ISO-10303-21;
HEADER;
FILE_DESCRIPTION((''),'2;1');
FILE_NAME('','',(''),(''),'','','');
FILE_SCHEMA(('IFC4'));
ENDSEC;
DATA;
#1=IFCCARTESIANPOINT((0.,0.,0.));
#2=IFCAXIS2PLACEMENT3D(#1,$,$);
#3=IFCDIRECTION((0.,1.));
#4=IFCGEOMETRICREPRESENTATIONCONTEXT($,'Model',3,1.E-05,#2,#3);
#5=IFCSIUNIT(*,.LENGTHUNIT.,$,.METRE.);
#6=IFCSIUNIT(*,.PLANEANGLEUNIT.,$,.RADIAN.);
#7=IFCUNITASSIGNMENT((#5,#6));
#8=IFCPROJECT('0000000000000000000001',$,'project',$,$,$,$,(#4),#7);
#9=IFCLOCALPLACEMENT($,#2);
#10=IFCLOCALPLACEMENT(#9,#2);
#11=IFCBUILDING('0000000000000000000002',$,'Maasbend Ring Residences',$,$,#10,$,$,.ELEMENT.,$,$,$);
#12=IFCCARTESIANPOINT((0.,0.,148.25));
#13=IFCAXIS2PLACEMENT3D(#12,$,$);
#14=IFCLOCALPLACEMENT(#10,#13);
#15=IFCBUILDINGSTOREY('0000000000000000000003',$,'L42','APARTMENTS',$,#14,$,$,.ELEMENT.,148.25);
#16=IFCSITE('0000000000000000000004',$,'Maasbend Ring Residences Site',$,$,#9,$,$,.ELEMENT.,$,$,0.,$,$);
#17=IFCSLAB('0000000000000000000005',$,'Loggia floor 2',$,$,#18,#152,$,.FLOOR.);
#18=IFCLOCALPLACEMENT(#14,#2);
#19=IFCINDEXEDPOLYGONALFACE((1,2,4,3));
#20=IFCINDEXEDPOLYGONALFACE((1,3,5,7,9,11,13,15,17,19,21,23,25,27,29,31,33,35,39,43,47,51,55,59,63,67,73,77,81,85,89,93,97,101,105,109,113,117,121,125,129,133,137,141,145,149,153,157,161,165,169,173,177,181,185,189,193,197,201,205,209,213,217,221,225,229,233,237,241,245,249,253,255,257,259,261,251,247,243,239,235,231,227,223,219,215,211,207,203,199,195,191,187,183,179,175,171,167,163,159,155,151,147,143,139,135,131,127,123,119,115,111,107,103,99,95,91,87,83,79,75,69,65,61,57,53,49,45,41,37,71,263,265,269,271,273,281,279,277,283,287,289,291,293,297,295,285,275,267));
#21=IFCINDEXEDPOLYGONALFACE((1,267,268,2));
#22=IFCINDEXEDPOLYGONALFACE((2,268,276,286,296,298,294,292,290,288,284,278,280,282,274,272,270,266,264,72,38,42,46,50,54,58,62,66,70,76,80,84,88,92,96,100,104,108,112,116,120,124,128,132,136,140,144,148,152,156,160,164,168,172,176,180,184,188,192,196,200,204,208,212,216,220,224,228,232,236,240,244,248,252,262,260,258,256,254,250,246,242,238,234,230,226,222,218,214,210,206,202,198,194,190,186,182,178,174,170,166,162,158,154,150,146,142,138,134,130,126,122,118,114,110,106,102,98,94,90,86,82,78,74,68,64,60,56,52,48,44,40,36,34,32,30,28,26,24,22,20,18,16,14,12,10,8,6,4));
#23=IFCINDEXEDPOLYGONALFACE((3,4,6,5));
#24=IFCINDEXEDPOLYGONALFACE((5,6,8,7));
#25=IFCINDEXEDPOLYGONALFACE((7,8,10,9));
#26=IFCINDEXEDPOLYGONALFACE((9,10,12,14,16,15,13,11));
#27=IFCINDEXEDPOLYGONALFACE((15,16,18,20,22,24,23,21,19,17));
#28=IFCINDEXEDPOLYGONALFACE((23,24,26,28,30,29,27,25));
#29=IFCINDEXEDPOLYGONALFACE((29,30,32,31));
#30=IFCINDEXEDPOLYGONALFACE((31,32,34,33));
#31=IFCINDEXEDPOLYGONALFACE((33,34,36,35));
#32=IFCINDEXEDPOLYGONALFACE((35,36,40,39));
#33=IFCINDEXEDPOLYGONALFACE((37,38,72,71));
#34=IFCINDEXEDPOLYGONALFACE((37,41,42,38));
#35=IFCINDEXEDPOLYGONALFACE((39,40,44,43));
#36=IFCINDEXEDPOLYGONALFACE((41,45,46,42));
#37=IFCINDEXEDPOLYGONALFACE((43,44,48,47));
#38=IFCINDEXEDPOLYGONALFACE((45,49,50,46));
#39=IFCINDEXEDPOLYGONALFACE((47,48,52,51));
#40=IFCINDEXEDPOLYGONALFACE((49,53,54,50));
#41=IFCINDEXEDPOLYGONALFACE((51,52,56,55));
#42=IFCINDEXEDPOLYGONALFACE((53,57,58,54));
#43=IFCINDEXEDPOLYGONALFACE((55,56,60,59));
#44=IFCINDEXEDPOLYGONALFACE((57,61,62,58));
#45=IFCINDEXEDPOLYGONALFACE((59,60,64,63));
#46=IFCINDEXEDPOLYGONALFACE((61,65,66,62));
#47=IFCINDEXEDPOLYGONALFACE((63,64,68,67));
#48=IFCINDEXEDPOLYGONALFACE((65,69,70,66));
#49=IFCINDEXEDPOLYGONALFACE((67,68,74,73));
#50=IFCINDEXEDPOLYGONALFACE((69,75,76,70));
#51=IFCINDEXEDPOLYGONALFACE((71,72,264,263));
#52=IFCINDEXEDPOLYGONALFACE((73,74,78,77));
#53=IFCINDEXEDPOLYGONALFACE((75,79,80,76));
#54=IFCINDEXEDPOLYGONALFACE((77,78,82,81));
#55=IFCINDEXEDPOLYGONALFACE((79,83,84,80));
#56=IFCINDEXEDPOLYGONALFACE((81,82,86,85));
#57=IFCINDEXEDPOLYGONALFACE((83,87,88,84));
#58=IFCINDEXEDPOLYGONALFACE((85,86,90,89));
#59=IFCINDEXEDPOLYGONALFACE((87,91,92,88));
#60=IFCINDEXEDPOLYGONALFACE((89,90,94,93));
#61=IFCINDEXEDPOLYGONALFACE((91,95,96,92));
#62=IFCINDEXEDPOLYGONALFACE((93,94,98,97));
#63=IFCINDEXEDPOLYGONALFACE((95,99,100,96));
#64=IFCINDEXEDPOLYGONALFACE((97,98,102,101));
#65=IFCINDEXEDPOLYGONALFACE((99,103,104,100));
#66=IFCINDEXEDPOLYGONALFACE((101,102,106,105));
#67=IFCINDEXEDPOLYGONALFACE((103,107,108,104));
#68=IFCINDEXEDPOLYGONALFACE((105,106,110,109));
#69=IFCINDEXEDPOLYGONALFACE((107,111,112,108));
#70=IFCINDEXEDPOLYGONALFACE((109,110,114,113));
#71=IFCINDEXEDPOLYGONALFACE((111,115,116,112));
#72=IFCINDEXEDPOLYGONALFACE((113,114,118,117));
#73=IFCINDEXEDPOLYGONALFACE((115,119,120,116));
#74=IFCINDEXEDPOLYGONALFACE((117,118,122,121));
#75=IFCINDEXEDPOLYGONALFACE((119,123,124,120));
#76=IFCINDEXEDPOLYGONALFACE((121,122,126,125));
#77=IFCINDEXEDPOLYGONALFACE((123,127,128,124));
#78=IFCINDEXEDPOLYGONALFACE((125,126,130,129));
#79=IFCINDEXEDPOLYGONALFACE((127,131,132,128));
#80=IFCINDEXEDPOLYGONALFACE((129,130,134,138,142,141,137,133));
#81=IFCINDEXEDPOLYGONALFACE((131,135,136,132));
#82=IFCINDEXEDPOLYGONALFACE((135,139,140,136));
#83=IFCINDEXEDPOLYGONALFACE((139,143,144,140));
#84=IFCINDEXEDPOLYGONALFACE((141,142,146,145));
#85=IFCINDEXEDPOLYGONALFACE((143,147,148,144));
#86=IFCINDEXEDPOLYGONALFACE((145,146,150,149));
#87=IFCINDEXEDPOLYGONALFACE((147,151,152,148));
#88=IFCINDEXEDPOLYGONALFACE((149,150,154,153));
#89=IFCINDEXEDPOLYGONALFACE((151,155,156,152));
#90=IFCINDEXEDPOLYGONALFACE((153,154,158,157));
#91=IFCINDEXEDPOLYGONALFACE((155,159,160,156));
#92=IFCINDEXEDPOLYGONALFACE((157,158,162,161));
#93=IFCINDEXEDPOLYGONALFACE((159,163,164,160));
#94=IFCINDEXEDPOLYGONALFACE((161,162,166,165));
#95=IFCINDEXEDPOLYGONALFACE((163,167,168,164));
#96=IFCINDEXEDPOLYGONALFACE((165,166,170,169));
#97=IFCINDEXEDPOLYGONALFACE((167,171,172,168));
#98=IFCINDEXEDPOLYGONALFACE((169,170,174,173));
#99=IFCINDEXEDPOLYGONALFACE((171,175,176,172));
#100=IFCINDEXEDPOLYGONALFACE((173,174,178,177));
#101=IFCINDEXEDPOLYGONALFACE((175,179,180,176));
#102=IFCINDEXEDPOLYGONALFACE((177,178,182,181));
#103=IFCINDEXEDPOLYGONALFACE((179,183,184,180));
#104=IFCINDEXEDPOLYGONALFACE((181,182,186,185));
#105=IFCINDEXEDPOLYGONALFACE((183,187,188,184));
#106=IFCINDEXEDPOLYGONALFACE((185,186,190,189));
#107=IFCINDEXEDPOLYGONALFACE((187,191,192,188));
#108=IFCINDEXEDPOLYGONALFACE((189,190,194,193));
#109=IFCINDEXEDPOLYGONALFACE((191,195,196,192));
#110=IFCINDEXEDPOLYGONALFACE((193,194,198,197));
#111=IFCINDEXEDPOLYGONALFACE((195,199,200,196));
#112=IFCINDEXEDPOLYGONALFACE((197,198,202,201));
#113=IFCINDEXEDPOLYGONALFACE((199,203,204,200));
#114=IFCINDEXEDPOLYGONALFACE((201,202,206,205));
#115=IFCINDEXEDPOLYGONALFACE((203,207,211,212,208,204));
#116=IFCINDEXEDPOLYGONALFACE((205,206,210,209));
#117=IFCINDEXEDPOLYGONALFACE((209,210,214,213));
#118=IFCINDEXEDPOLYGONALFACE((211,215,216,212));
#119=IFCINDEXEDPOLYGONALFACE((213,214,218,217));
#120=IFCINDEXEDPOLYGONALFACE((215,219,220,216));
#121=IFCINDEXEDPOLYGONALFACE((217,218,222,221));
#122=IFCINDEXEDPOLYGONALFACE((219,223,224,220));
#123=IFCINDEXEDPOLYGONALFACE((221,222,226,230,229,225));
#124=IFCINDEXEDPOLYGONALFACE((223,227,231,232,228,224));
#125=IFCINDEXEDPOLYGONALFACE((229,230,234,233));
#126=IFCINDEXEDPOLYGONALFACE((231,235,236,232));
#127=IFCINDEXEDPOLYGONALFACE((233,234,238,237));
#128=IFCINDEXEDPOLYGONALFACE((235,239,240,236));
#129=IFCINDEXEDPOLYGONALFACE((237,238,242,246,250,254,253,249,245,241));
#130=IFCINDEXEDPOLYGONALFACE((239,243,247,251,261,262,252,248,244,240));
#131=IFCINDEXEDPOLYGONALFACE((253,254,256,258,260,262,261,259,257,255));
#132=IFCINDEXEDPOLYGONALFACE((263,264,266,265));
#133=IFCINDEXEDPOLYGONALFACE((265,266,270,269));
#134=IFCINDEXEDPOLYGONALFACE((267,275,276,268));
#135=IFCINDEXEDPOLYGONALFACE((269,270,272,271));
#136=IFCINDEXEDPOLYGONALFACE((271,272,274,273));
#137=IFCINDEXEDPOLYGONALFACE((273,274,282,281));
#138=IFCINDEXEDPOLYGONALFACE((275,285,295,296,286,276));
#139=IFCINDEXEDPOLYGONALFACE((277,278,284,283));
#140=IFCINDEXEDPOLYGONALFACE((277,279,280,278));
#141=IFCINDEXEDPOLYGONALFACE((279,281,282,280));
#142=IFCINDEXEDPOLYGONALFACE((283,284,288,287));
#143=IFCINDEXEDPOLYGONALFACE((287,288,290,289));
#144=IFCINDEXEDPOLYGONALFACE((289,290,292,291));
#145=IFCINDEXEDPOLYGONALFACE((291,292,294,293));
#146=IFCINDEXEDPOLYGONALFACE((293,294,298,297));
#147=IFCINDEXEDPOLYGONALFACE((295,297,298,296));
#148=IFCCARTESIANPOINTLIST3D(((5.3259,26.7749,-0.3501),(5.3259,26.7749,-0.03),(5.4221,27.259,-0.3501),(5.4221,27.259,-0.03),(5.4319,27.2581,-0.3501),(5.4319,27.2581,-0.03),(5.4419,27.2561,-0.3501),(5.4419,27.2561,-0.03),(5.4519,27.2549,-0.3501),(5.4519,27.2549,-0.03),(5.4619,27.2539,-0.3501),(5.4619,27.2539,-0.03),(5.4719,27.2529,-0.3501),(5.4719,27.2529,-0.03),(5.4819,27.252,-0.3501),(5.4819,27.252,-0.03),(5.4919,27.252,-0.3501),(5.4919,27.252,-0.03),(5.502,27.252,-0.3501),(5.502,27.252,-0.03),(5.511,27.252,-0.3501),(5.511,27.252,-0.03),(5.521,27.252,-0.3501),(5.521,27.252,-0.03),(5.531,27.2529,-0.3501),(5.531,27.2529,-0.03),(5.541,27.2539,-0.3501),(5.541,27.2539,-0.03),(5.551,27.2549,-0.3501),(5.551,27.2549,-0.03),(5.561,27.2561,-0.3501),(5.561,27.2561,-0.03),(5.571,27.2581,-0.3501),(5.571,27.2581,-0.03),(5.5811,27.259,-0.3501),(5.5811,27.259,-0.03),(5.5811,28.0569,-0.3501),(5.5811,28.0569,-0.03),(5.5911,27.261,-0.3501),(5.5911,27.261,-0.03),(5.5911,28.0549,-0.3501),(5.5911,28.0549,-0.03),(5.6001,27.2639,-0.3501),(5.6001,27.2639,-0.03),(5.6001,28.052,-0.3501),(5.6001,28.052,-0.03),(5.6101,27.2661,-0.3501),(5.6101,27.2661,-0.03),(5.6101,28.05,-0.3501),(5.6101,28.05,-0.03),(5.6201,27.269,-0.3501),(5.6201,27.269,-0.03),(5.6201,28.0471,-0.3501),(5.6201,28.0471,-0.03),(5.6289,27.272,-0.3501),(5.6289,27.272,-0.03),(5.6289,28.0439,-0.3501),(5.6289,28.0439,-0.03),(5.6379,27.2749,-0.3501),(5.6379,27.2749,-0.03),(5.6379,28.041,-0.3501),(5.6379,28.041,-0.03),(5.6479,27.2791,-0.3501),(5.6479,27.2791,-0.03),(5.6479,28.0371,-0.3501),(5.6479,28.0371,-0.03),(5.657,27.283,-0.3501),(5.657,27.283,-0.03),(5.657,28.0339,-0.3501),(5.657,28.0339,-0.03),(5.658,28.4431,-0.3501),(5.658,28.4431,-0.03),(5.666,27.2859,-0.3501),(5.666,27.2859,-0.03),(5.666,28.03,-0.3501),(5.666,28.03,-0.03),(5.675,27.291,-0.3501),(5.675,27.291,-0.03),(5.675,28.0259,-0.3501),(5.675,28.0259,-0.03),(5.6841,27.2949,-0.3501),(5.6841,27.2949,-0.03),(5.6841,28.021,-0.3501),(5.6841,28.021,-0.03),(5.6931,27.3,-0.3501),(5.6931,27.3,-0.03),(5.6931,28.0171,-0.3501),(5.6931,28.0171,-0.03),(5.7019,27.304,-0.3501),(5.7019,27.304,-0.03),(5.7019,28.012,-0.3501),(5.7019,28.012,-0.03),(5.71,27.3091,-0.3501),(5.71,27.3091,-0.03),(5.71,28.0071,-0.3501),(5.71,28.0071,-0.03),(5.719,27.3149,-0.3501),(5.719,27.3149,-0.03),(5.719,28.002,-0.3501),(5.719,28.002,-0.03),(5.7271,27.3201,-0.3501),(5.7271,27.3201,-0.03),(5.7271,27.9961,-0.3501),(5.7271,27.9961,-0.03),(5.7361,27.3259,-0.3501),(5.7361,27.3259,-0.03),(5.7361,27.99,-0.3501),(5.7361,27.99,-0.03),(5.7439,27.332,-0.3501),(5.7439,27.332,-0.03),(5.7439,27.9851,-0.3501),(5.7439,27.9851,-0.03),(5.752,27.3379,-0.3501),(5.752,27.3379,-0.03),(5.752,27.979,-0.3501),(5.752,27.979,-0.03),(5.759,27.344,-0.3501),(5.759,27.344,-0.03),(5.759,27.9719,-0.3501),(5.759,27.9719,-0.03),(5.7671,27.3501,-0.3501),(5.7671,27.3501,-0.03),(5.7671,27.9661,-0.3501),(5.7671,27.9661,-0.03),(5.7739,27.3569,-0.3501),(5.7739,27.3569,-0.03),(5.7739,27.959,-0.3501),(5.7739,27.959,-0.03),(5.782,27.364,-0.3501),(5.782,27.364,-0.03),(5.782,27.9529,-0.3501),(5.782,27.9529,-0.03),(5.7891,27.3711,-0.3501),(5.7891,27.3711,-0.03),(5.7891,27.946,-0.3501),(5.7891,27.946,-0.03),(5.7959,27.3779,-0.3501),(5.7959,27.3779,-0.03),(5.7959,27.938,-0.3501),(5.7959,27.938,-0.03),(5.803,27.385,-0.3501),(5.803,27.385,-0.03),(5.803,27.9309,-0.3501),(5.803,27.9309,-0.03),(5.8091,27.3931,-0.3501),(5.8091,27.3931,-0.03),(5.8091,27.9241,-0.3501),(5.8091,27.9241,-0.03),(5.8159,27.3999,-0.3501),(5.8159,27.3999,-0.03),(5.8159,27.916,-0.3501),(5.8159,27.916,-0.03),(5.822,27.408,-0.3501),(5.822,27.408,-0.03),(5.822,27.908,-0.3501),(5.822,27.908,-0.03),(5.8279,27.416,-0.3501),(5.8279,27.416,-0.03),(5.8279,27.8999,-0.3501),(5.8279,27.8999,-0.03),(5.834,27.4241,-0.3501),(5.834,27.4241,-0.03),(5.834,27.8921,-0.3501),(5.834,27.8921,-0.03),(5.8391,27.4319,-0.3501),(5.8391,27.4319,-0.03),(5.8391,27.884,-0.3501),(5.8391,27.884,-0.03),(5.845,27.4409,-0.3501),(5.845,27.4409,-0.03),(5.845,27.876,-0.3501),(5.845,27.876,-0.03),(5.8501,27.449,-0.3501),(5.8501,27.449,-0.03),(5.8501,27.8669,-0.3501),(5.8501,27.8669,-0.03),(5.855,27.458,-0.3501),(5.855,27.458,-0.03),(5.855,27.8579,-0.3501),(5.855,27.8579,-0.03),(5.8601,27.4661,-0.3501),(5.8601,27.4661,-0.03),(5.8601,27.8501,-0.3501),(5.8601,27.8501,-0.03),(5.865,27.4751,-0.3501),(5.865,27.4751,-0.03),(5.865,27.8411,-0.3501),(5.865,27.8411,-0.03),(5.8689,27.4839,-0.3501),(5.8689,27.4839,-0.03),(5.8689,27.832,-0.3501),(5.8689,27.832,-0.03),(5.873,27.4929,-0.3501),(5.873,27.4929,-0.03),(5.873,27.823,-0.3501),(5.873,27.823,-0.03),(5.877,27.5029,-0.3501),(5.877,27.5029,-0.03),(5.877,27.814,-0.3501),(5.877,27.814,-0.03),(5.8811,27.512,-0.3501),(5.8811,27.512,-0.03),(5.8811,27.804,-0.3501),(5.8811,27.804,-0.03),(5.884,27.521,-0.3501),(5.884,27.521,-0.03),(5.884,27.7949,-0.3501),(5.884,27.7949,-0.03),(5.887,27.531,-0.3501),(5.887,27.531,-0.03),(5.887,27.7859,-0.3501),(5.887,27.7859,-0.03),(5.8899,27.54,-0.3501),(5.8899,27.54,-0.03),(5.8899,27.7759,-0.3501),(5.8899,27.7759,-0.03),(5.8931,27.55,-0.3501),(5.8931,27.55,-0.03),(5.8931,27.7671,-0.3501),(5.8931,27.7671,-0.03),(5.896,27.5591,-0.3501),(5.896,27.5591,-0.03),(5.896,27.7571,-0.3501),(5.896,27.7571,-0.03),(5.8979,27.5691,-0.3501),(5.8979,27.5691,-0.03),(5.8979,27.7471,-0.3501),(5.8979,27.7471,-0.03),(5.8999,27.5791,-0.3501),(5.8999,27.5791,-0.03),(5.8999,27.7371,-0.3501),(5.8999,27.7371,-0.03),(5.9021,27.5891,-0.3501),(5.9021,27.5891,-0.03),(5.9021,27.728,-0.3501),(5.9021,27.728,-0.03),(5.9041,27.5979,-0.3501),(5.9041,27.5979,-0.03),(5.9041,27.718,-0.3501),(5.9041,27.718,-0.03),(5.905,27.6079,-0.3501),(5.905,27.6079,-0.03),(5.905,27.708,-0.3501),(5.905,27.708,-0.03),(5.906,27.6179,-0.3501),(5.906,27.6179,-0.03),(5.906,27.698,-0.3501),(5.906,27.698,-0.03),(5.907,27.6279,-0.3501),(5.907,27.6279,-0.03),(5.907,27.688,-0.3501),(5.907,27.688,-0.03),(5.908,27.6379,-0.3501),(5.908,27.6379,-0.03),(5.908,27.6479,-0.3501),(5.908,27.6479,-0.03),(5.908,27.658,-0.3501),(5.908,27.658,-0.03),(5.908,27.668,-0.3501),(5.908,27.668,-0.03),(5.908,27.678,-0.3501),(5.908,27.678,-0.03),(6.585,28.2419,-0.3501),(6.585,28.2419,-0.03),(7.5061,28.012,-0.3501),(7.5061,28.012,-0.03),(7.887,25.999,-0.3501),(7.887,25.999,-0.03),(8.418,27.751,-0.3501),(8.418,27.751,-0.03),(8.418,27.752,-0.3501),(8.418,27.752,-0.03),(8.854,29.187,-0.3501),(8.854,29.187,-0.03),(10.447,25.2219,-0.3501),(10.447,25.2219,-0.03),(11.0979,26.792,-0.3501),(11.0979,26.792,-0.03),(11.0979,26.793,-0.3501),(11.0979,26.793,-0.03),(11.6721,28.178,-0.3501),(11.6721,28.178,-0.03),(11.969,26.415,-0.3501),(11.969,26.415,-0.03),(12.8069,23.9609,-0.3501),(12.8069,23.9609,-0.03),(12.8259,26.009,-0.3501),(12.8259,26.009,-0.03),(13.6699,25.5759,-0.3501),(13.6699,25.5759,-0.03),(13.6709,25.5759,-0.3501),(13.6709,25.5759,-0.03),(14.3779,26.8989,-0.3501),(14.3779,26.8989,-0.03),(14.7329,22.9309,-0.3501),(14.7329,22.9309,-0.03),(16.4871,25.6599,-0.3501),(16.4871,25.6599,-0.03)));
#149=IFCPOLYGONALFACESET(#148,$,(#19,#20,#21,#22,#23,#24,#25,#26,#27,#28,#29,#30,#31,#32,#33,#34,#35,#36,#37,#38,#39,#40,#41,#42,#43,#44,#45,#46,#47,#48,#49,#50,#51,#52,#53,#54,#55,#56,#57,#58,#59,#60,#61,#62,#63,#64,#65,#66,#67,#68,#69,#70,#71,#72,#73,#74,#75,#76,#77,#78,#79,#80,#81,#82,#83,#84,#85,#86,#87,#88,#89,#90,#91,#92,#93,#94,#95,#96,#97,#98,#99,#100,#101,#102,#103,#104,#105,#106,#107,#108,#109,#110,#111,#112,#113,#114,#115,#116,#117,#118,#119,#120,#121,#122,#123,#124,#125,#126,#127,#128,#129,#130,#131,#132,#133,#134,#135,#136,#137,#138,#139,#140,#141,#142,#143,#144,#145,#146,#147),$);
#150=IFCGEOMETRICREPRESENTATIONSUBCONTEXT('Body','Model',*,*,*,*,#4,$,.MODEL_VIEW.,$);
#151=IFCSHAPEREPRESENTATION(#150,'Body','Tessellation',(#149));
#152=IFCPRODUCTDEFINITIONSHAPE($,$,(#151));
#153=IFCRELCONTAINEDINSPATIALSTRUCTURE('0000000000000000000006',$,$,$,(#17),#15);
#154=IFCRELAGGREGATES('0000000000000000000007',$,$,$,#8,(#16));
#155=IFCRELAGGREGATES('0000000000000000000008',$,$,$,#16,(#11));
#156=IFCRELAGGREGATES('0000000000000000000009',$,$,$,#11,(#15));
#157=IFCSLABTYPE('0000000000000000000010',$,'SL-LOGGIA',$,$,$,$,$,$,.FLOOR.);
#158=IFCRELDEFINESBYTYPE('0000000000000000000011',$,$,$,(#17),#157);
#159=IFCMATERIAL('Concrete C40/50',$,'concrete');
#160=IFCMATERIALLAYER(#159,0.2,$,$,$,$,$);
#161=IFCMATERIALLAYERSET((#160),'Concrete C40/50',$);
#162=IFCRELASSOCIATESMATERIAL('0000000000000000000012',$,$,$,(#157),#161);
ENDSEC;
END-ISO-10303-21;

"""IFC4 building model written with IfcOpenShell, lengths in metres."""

from ifc_helpers import new_model, si_unit, direction, frame, origin, place, context, subcontext, project, spatial, polyline, outline, extrude, material, layer, layer_set, type_object, element, save


model = new_model("IFC4")

# Units and contexts
model_context = context("Model", 3, precision=1e-05, world=origin(), true_north=direction((0.0, 1.0)))
body_context = subcontext(model_context, "Body", "Model", "MODEL_VIEW")
ifc_project = project(units=[si_unit("LENGTHUNIT", "METRE"), si_unit("PLANEANGLEUNIT", "RADIAN")], contexts=[model_context])

# Site, building, storey
site_placement = place(None, origin())
site = spatial("IfcSite", under=ifc_project, at=site_placement, Name="Maasbend Ring Residences Site", CompositionType="ELEMENT", RefElevation=0.0)
building_placement = place(site_placement, origin())
building = spatial("IfcBuilding", under=site, at=building_placement, Name="Maasbend Ring Residences", CompositionType="ELEMENT")
storey_placement = place(building_placement, frame((0.0, 0.0, 148.25)))
storey = spatial("IfcBuildingStorey", under=building, at=storey_placement, Name="L42", Description="APARTMENTS", CompositionType="ELEMENT", Elevation=148.25)

# Slab
ifc_material_1 = material(Name="Concrete C40/50", Category="concrete")
ifc_layer_1 = layer(ifc_material_1, 0.2)
ifc_layer_set_1 = layer_set([ifc_layer_1], Name="Concrete C40/50")
slab_type_1 = type_object("IfcSlabType", Name="SL-LOGGIA", PredefinedType="FLOOR", material=ifc_layer_set_1)
slab_1_placement = place(storey_placement, frame((0.0, 0.0, -0.3501)))
element("IfcSlab", 1, at=slab_1_placement, inside=storey, type_object=slab_type_1, Name="Loggia floor 2", PredefinedType="FLOOR", context=body_context, shape_type="SweptSolid", body=[
    extrude(outline(polyline([(5.4519, 27.2549), (5.4619, 27.2539), (5.4719, 27.2529), (5.4819, 27.252), (5.4919, 27.252), (5.502, 27.252), (5.511, 27.252), (5.521, 27.252), (5.531, 27.2529), (5.541, 27.2539), (5.551, 27.2549), (5.561, 27.2561), (5.571, 27.2581), (5.5811, 27.259), (5.5911, 27.261), (5.6001, 27.2639), (5.6101, 27.2661), (5.6201, 27.269), (5.6289, 27.272), (5.6379, 27.2749), (5.6479, 27.2791), (5.657, 27.283), (5.666, 27.2859), (5.675, 27.291), (5.6841, 27.2949), (5.6931, 27.3), (5.7019, 27.304), (5.71, 27.3091), (5.719, 27.3149), (5.7271, 27.3201), (5.7361, 27.3259), (5.7439, 27.332), (5.752, 27.3379), (5.759, 27.344), (5.7671, 27.3501), (5.7739, 27.3569), (5.782, 27.364), (5.7891, 27.3711), (5.7959, 27.3779), (5.803, 27.385), (5.8091, 27.3931), (5.8159, 27.3999), (5.822, 27.408), (5.8279, 27.416), (5.834, 27.4241), (5.8391, 27.4319), (5.845, 27.4409), (5.8501, 27.449), (5.855, 27.458), (5.8601, 27.4661), (5.865, 27.4751), (5.8689, 27.4839), (5.873, 27.4929), (5.877, 27.5029), (5.8811, 27.512), (5.884, 27.521), (5.887, 27.531), (5.8899, 27.54), (5.8931, 27.55), (5.896, 27.5591), (5.8979, 27.5691), (5.8999, 27.5791), (5.9021, 27.5891), (5.9041, 27.5979), (5.905, 27.6079), (5.906, 27.6179), (5.907, 27.6279), (5.908, 27.6379), (5.908, 27.6479), (5.908, 27.658), (5.908, 27.668), (5.908, 27.678), (5.907, 27.688), (5.906, 27.698), (5.905, 27.708), (5.9041, 27.718), (5.9021, 27.728), (5.8999, 27.7371), (5.8979, 27.7471), (5.896, 27.7571), (5.8931, 27.7671), (5.8899, 27.7759), (5.887, 27.7859), (5.884, 27.7949), (5.8811, 27.804), (5.877, 27.814), (5.873, 27.823), (5.8689, 27.832), (5.865, 27.8411), (5.8601, 27.8501), (5.855, 27.8579), (5.8501, 27.8669), (5.845, 27.876), (5.8391, 27.884), (5.834, 27.8921), (5.8279, 27.8999), (5.822, 27.908), (5.8159, 27.916), (5.8091, 27.9241), (5.803, 27.9309), (5.7959, 27.938), (5.7891, 27.946), (5.782, 27.9529), (5.7739, 27.959), (5.7671, 27.9661), (5.759, 27.9719), (5.752, 27.979), (5.7439, 27.9851), (5.7361, 27.99), (5.7271, 27.9961), (5.719, 28.002), (5.71, 28.0071), (5.7019, 28.012), (5.6931, 28.0171), (5.6841, 28.021), (5.675, 28.0259), (5.666, 28.03), (5.657, 28.0339), (5.6479, 28.0371), (5.6379, 28.041), (5.6289, 28.0439), (5.6201, 28.0471), (5.6101, 28.05), (5.6001, 28.052), (5.5911, 28.0549), (5.5811, 28.0569), (5.658, 28.4431), (5.658, 28.4431), (5.658, 28.4431), (6.585, 28.2419), (6.585, 28.2419), (7.5061, 28.012), (7.5061, 28.012), (8.418, 27.751), (8.418, 27.751), (8.418, 27.751), (8.418, 27.751), (8.418, 27.751), (8.418, 27.751), (8.418, 27.751), (8.418, 27.751), (8.418, 27.751), (8.418, 27.751), (8.418, 27.752), (8.418, 27.752), (8.418, 27.752), (8.418, 27.752), (8.418, 27.752), (8.418, 27.752), (8.418, 27.752), (8.854, 29.187), (8.854, 29.187), (8.854, 29.187), (11.6721, 28.178), (11.6721, 28.178), (11.6721, 28.178), (11.0979, 26.793), (11.0979, 26.793), (11.0979, 26.793), (11.0979, 26.793), (11.0979, 26.793), (11.0979, 26.793), (11.0979, 26.793), (11.0979, 26.793), (11.0979, 26.793), (11.0979, 26.793), (11.0979, 26.792), (11.0979, 26.792), (11.0979, 26.792), (11.0979, 26.792), (11.0979, 26.792), (11.0979, 26.792), (11.0979, 26.792), (11.969, 26.415), (11.969, 26.415), (12.8259, 26.009), (12.8259, 26.009), (13.6699, 25.5759), (13.6699, 25.5759), (13.6699, 25.5759), (13.6699, 25.5759), (13.6699, 25.5759), (13.6699, 25.5759), (13.6699, 25.5759), (13.6699, 25.5759), (13.6699, 25.5759), (13.6699, 25.5759), (13.6709, 25.5759), (13.6709, 25.5759), (13.6709, 25.5759), (13.6709, 25.5759), (13.6709, 25.5759), (13.6709, 25.5759), (13.6709, 25.5759), (14.3779, 26.8989), (14.3779, 26.8989), (14.3779, 26.8989), (16.4871, 25.6599), (16.4871, 25.6599), (16.4871, 25.6599), (14.7329, 22.9309), (14.7329, 22.9309), (14.7329, 22.9309), (12.8069, 23.9609), (10.447, 25.2219), (10.447, 25.2219), (10.447, 25.2219), (7.887, 25.999), (5.3259, 26.7749), (5.3259, 26.7749), (5.3259, 26.7749), (5.4221, 27.259), (5.4319, 27.2581), (5.4419, 27.2561), (5.4519, 27.2549)])), origin(), (0.0, 0.0, 1.0), 0.3201),
])

save(model, "model.ifc")
